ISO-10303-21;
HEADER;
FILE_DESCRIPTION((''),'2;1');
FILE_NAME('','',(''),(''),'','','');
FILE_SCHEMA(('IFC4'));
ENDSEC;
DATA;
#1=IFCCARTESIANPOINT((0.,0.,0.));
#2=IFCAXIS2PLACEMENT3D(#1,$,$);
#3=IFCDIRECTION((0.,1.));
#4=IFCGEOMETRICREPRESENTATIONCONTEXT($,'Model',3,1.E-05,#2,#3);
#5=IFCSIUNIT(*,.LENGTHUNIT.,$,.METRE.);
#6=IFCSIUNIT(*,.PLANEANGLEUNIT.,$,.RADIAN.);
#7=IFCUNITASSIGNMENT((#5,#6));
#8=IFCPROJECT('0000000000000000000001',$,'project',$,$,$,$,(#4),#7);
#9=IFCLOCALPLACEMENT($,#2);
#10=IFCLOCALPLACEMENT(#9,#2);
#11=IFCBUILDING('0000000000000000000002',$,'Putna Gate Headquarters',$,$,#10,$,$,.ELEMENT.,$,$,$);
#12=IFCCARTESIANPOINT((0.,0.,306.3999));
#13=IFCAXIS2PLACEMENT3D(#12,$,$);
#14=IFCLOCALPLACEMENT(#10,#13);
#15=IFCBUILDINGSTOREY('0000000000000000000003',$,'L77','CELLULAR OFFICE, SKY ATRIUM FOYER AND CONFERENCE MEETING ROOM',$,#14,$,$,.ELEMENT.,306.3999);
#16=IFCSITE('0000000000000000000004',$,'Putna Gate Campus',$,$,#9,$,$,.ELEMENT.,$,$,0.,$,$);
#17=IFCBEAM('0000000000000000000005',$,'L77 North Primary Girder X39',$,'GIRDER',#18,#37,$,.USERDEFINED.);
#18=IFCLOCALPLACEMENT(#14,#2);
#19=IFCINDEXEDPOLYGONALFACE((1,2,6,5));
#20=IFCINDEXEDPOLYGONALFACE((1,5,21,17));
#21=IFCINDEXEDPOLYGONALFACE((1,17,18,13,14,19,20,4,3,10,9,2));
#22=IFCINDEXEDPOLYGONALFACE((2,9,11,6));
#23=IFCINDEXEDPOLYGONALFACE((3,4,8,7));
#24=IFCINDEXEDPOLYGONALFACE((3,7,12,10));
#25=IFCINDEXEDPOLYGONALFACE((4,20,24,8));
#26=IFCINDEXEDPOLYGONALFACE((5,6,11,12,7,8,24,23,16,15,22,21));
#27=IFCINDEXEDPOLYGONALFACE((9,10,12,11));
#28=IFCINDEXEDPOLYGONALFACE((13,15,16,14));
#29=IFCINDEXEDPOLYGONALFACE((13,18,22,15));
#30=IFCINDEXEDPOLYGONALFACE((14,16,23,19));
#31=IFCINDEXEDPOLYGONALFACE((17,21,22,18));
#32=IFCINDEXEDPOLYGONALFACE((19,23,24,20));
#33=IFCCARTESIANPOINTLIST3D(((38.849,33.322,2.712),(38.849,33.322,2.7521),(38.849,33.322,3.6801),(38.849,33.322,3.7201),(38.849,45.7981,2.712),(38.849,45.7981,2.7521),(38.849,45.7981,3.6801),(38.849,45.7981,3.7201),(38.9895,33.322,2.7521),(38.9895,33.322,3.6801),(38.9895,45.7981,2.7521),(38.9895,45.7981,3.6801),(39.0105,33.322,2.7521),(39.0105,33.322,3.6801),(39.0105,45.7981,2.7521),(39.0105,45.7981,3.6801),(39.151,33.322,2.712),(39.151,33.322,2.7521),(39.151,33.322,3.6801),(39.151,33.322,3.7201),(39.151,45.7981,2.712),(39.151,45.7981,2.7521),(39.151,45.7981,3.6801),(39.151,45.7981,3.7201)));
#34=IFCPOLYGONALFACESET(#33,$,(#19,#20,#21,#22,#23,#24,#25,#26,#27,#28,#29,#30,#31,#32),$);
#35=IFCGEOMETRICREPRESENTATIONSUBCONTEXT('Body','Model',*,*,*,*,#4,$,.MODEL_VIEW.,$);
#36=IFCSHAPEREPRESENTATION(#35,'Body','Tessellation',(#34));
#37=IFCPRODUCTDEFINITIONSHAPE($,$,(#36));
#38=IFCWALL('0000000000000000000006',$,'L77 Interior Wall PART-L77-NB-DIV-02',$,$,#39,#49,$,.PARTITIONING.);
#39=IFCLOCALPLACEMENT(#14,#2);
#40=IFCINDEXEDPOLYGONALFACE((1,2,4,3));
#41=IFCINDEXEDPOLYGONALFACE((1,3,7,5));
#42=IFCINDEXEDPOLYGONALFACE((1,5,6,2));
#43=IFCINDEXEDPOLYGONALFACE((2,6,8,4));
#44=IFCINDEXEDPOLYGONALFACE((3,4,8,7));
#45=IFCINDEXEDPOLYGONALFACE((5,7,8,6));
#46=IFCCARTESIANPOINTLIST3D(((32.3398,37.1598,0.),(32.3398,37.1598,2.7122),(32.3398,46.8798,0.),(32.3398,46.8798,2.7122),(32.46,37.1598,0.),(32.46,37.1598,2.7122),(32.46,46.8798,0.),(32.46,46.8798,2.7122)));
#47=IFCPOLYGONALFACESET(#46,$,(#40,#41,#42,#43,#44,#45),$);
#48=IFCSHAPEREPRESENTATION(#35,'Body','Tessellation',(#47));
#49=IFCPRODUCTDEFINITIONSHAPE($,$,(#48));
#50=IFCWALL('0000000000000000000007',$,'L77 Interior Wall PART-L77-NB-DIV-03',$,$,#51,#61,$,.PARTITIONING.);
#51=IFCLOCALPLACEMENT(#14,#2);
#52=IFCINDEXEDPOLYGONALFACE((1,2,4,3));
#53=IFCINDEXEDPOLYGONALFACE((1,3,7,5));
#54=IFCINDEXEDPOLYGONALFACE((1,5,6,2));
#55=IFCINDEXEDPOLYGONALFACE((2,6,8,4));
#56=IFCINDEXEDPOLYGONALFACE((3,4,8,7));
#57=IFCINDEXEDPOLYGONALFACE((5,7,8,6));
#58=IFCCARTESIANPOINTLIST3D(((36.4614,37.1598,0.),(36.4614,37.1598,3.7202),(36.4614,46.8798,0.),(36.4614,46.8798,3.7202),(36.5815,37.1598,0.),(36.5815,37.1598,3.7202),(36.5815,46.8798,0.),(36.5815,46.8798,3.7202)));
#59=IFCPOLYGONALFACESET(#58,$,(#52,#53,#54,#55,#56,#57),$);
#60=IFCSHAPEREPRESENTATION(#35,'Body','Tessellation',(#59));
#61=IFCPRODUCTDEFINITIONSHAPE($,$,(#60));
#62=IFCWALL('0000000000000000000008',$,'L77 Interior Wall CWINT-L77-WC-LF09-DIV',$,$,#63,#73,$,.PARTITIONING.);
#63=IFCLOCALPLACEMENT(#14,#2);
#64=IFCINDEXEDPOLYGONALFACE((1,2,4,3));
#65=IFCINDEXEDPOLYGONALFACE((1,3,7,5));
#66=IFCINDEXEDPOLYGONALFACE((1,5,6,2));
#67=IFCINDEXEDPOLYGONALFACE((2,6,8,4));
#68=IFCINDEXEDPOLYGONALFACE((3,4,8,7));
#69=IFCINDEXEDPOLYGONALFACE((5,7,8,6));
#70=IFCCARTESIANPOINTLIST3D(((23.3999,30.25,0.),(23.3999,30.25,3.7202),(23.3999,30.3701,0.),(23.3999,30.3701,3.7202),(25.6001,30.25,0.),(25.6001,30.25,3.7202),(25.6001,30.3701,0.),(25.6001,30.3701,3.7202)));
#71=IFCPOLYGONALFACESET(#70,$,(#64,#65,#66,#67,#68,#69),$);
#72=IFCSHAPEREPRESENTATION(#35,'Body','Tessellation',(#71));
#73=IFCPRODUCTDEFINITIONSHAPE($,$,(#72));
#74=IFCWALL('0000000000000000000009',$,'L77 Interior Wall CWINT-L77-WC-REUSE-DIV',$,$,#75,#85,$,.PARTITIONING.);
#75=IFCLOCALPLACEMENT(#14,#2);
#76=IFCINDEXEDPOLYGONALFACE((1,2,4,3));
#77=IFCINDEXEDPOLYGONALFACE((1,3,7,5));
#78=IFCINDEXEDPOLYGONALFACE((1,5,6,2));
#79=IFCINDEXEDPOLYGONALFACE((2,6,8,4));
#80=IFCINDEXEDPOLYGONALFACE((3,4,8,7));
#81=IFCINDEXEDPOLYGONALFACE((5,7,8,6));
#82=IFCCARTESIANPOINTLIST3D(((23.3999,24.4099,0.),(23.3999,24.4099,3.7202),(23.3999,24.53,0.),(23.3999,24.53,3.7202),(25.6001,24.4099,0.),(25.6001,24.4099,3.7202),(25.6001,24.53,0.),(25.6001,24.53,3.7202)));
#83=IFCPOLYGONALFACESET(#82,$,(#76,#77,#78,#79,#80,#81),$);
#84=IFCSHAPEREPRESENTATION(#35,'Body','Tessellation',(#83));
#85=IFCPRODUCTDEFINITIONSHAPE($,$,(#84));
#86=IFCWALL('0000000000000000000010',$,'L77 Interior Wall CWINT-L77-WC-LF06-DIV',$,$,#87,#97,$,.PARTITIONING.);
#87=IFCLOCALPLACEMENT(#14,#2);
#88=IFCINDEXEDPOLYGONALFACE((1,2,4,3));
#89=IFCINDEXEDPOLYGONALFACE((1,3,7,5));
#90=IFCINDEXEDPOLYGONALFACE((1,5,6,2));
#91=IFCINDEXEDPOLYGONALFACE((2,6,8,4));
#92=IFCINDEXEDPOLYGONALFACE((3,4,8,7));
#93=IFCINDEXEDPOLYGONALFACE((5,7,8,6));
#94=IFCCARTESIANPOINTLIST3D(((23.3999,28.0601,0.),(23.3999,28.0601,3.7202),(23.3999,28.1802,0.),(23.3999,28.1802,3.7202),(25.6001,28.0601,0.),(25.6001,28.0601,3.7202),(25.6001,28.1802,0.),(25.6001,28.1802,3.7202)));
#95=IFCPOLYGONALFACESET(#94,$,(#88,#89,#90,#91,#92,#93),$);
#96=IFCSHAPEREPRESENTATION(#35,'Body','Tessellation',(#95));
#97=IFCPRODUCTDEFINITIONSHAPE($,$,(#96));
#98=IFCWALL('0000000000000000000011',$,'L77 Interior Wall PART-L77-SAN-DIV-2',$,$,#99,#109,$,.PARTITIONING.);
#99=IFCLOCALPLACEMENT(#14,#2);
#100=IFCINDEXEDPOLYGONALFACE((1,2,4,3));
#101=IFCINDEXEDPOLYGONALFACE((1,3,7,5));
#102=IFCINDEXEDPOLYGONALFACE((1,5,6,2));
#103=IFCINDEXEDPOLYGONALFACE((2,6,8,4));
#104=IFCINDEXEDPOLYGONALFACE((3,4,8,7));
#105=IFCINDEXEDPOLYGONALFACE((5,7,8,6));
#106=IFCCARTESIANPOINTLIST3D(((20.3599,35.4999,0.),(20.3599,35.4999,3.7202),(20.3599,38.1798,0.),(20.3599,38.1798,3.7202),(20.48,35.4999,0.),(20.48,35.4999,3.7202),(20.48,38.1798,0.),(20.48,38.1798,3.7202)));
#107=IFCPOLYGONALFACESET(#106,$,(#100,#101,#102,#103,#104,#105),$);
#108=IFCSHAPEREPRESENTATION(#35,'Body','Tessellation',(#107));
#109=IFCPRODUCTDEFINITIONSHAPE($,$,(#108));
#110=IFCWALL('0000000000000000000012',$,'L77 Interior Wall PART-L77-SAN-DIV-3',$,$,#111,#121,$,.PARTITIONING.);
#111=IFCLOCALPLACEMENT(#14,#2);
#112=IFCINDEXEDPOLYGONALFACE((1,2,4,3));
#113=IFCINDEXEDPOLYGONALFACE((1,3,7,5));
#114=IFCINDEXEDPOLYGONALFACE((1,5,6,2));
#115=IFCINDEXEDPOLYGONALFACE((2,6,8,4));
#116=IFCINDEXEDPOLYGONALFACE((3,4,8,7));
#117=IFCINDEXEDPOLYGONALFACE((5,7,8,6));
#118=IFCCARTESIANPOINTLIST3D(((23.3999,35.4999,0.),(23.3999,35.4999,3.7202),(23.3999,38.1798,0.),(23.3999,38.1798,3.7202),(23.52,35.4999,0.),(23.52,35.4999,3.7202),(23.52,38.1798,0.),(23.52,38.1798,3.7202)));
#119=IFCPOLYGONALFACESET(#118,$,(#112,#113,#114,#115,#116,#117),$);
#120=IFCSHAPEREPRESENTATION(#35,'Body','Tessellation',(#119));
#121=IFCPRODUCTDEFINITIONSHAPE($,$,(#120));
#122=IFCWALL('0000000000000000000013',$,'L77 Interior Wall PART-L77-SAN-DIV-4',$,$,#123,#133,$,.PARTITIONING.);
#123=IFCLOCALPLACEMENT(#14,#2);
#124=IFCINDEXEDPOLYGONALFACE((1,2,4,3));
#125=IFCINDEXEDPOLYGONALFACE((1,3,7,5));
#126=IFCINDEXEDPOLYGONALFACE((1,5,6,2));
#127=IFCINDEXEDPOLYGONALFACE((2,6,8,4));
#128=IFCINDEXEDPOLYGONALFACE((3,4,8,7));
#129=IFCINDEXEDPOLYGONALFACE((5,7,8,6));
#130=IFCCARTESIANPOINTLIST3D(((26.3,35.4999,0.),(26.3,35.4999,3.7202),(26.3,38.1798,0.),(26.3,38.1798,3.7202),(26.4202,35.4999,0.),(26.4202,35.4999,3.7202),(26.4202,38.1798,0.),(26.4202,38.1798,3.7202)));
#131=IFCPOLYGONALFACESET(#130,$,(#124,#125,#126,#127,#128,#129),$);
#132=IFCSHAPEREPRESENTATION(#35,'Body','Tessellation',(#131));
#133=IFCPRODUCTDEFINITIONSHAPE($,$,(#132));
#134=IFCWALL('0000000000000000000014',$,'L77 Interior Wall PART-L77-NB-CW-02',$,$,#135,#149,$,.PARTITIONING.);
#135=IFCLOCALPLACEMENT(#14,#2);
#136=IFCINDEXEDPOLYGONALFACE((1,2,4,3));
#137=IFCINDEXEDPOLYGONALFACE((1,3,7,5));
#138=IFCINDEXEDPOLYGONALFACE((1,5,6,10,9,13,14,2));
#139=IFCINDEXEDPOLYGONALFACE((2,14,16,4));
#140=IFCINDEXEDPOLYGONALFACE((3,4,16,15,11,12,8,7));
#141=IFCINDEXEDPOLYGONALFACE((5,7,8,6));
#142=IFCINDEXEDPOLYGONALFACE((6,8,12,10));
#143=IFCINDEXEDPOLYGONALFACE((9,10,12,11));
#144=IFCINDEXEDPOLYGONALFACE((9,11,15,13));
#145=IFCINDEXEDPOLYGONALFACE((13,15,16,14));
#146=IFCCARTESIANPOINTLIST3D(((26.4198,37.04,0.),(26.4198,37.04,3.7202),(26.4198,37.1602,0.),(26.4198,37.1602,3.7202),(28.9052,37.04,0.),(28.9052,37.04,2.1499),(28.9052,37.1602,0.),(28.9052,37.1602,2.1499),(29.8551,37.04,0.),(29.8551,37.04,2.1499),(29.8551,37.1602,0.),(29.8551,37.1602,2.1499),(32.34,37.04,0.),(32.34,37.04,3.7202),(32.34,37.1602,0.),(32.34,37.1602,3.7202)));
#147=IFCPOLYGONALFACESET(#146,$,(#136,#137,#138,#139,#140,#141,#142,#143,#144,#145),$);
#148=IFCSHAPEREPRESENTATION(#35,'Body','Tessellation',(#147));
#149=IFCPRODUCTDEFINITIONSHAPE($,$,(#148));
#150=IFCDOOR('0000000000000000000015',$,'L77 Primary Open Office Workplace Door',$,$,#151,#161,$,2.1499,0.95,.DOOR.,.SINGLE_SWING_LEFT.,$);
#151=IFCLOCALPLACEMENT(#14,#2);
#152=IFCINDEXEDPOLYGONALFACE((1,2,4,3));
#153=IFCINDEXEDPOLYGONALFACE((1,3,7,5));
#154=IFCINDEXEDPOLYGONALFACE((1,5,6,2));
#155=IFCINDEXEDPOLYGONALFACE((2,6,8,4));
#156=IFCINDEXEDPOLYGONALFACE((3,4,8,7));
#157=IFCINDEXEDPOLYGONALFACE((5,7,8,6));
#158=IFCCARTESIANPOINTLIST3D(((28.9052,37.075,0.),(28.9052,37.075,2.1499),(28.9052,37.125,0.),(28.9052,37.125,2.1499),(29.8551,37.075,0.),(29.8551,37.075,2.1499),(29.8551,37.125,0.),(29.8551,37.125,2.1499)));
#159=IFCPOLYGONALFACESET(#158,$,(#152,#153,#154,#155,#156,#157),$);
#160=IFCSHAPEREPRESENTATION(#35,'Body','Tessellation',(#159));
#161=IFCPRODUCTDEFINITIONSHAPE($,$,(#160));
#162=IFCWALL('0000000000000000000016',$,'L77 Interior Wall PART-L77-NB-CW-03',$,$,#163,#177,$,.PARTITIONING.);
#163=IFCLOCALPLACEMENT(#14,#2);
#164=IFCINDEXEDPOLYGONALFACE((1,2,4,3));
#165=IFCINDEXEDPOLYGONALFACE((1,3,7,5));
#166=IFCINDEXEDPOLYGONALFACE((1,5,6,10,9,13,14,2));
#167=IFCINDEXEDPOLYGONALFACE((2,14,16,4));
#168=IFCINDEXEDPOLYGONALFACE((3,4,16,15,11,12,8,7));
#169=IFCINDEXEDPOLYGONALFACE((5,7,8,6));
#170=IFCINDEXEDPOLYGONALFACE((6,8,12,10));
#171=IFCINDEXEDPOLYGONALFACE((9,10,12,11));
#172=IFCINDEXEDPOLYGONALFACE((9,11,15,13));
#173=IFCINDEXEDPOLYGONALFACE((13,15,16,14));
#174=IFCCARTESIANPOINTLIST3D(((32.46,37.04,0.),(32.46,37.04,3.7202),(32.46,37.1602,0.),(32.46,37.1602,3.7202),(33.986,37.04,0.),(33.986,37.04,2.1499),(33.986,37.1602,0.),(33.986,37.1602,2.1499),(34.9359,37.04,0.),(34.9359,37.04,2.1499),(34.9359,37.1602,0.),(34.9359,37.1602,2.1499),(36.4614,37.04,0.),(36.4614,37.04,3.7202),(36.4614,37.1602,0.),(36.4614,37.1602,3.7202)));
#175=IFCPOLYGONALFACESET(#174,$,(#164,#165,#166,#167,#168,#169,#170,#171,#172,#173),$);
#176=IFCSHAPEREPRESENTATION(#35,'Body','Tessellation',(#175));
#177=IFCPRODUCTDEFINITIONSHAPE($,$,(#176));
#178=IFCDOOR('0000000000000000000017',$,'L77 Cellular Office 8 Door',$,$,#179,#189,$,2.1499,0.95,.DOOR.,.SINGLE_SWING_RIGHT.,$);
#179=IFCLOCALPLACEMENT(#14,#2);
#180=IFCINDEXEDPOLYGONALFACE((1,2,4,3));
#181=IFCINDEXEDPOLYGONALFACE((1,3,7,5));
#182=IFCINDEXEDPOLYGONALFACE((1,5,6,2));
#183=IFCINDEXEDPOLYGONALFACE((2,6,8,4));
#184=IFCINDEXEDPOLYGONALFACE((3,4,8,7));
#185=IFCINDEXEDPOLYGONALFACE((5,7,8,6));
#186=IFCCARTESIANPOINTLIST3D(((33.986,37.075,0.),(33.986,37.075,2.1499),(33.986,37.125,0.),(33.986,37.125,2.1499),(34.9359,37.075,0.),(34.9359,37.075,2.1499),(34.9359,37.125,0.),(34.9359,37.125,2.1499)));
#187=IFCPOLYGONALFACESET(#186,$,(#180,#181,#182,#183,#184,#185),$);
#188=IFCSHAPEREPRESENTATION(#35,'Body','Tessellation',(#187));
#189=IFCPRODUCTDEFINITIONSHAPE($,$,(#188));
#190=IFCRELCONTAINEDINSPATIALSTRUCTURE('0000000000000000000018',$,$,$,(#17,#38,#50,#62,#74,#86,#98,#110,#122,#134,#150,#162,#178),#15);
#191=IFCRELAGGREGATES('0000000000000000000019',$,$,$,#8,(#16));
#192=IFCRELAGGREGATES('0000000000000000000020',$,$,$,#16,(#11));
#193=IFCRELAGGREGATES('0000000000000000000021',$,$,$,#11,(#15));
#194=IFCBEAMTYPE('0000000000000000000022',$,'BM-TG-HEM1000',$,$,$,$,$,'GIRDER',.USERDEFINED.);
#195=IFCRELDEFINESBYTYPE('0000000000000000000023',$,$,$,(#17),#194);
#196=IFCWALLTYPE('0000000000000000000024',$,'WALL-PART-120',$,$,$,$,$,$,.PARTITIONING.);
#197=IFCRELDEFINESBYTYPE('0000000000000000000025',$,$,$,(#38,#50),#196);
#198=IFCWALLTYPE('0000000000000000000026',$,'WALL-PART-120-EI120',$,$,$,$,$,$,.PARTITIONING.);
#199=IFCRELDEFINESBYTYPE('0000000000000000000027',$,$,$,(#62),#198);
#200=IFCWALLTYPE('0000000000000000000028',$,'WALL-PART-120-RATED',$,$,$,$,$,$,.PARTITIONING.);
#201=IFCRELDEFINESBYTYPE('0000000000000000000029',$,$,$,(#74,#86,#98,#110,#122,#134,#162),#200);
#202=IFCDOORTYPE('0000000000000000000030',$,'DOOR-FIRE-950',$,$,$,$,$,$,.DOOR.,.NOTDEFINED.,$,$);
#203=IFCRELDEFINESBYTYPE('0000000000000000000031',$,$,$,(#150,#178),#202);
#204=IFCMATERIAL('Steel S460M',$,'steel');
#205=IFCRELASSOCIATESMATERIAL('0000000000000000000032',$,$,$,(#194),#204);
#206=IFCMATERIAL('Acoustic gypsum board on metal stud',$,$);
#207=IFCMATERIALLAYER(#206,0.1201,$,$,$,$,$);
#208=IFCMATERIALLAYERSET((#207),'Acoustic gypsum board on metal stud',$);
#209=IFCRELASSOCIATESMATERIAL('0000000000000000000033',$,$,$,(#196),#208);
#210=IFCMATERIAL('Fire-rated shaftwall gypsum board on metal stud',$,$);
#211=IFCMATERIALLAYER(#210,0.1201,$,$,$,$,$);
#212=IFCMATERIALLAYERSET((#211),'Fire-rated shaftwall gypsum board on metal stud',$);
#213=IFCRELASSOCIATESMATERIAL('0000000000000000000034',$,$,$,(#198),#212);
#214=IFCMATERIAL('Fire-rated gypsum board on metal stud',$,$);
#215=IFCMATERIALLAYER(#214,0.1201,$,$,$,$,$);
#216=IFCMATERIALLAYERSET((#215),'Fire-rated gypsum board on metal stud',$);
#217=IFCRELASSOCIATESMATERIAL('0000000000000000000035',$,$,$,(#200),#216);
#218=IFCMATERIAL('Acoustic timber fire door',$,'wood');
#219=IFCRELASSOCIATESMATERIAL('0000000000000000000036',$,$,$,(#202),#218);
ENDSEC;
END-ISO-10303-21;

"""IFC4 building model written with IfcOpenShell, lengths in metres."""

from ifc_helpers import new_model, si_unit, direction, frame, frame_2d, origin, origin_2d, place, context, subcontext, project, spatial, rectangle, i_section, extrude, material, layer, layer_set, material_profile, profile_set, type_object, element, fill, save


model = new_model("IFC4")

# Units and contexts
model_context = context("Model", 3, precision=1e-05, world=origin(), true_north=direction((0.0, 1.0)))
body_context = subcontext(model_context, "Body", "Model", "MODEL_VIEW")
ifc_project = project(units=[si_unit("LENGTHUNIT", "METRE"), si_unit("PLANEANGLEUNIT", "RADIAN")], contexts=[model_context])

# Site, building, storey
site_placement = place(None, origin())
site = spatial("IfcSite", under=ifc_project, at=site_placement, Name="Putna Gate Campus", CompositionType="ELEMENT", RefElevation=0.0)
building_placement = place(site_placement, origin())
building = spatial("IfcBuilding", under=site, at=building_placement, Name="Putna Gate Headquarters", CompositionType="ELEMENT")
storey_placement = place(building_placement, frame((0.0, 0.0, 306.3999)))
storey = spatial("IfcBuildingStorey", under=building, at=storey_placement, Name="L77", Description="CELLULAR OFFICE, SKY ATRIUM FOYER AND CONFERENCE MEETING ROOM", CompositionType="ELEMENT", Elevation=306.3999)

# Shared definitions
ifc_material_1 = material(Name="Steel S460M", Category="steel")

# Beam
ifc_material_profile_1 = material_profile(ifc_material_1, i_section(OverallWidth=0.302, OverallDepth=1.0081, WebThickness=0.021, FlangeThickness=0.04, at=origin_2d()), Name="Steel S460M")
ifc_profile_set_1 = profile_set([ifc_material_profile_1], Name="Steel S460M")
beam_type_1 = type_object("IfcBeamType", Name="BM-TG-HEM1000", ElementType="GIRDER", PredefinedType="USERDEFINED", material=ifc_profile_set_1)
for number, where, z_axis, x_axis, name in (
    (1, (39.0, 33.322, 3.2161), (0.0, 1.0, 0.0), (-1.0, 0.0, 0.0), "L77 North Primary Girder X39"),
):
    element("IfcBeam", number, at=place(storey_placement, frame(where, z_axis=z_axis, x_axis=x_axis)), inside=storey, type_object=beam_type_1, Name=name, ObjectType="GIRDER", PredefinedType="USERDEFINED", context=body_context, shape_type="SweptSolid", body=[
        extrude(i_section(OverallWidth=0.302, OverallDepth=1.0081, WebThickness=0.021, FlangeThickness=0.04, at=origin_2d()), origin(), (0.0, 0.0, 1.0), 12.4761),
    ])

# Walls
ifc_material_2 = material(Name="Acoustic gypsum board on metal stud")
ifc_layer_1 = layer(ifc_material_2, 0.1201)
ifc_layer_set_1 = layer_set([ifc_layer_1], Name="Acoustic gypsum board on metal stud")
wall_type_1 = type_object("IfcWallType", Name="WALL-PART-120", PredefinedType="PARTITIONING", material=ifc_layer_set_1)
wall_1_placement = place(storey_placement, frame((32.3999, 37.1599, 0.0), z_axis=(0.0, 0.0, 1.0), x_axis=(0.0, 1.0, 0.0)))
element("IfcWall", 2, at=wall_1_placement, inside=storey, type_object=wall_type_1, Name="L77 Interior Wall PART-L77-NB-DIV-02", PredefinedType="PARTITIONING", context=body_context, shape_type="SweptSolid", body=[
    extrude(rectangle(XDim=9.72, YDim=0.1201, at=frame_2d((4.8599, 0.0))), origin(), (0.0, 0.0, 1.0), 2.7122),
])
wall_2_placement = place(storey_placement, frame((36.5215, 37.1599, 0.0), z_axis=(0.0, 0.0, 1.0), x_axis=(0.0, 1.0, 0.0)))
element("IfcWall", 3, at=wall_2_placement, inside=storey, type_object=wall_type_1, Name="L77 Interior Wall PART-L77-NB-DIV-03", PredefinedType="PARTITIONING", context=body_context, shape_type="SweptSolid", body=[
    extrude(rectangle(XDim=9.72, YDim=0.1201, at=frame_2d((4.8599, 0.0))), origin(), (0.0, 0.0, 1.0), 3.7202),
])
ifc_material_3 = material(Name="Fire-rated shaftwall gypsum board on metal stud")
ifc_layer_2 = layer(ifc_material_3, 0.1201)
ifc_layer_set_2 = layer_set([ifc_layer_2], Name="Fire-rated shaftwall gypsum board on metal stud")
wall_type_2 = type_object("IfcWallType", Name="WALL-PART-120-EI120", PredefinedType="PARTITIONING", material=ifc_layer_set_2)
wall_3_placement = place(storey_placement, frame((23.3999, 30.3101, 0.0), z_axis=(0.0, 0.0, 1.0), x_axis=(1.0, 0.0, 0.0)))
element("IfcWall", 4, at=wall_3_placement, inside=storey, type_object=wall_type_2, Name="L77 Interior Wall CWINT-L77-WC-LF09-DIV", PredefinedType="PARTITIONING", context=body_context, shape_type="SweptSolid", body=[
    extrude(rectangle(XDim=2.2002, YDim=0.1201, at=frame_2d((1.1001, 0.0))), origin(), (0.0, 0.0, 1.0), 3.7202),
])
ifc_material_4 = material(Name="Fire-rated gypsum board on metal stud")
ifc_layer_3 = layer(ifc_material_4, 0.1201)
ifc_layer_set_3 = layer_set([ifc_layer_3], Name="Fire-rated gypsum board on metal stud")
wall_type_3 = type_object("IfcWallType", Name="WALL-PART-120-RATED", PredefinedType="PARTITIONING", material=ifc_layer_set_3)
for number, where, z_axis, x_axis, name in (
    (5, (23.3999, 24.47, 0.0), (0.0, 0.0, 1.0), (1.0, 0.0, 0.0), "L77 Interior Wall CWINT-L77-WC-REUSE-DIV"),
    (6, (23.3999, 28.1201, 0.0), (0.0, 0.0, 1.0), (1.0, 0.0, 0.0), "L77 Interior Wall CWINT-L77-WC-LF06-DIV"),
):
    element("IfcWall", number, at=place(storey_placement, frame(where, z_axis=z_axis, x_axis=x_axis)), inside=storey, type_object=wall_type_3, Name=name, PredefinedType="PARTITIONING", context=body_context, shape_type="SweptSolid", body=[
        extrude(rectangle(XDim=2.2002, YDim=0.1201, at=frame_2d((1.1001, 0.0))), origin(), (0.0, 0.0, 1.0), 3.7202),
    ])
for number, where, z_axis, x_axis, name in (
    (7, (20.4199, 35.5, 0.0), (0.0, 0.0, 1.0), (0.0, 1.0, 0.0), "L77 Interior Wall PART-L77-SAN-DIV-2"),
    (8, (23.46, 35.5, 0.0), (0.0, 0.0, 1.0), (0.0, 1.0, 0.0), "L77 Interior Wall PART-L77-SAN-DIV-3"),
    (9, (26.3601, 35.5, 0.0), (0.0, 0.0, 1.0), (0.0, 1.0, 0.0), "L77 Interior Wall PART-L77-SAN-DIV-4"),
):
    element("IfcWall", number, at=place(storey_placement, frame(where, z_axis=z_axis, x_axis=x_axis)), inside=storey, type_object=wall_type_3, Name=name, PredefinedType="PARTITIONING", context=body_context, shape_type="SweptSolid", body=[
        extrude(rectangle(XDim=2.6799, YDim=0.1201, at=frame_2d((1.3398, 0.0))), origin(), (0.0, 0.0, 1.0), 3.7202),
    ])

# Walls, openings, doors
wall_4_placement = place(storey_placement, frame((26.4199, 37.1001, 0.0), z_axis=(0.0, 0.0, 1.0), x_axis=(1.0, 0.0, 0.0)))
wall_4 = element("IfcWall", 10, at=wall_4_placement, inside=storey, type_object=wall_type_3, Name="L77 Interior Wall PART-L77-NB-CW-02", PredefinedType="PARTITIONING", context=body_context, shape_type="SweptSolid", body=[
    extrude(rectangle(XDim=5.9202, YDim=0.1201, at=frame_2d((2.96, 0.0))), origin(), (0.0, 0.0, 1.0), 3.7202),
])
opening_1_placement = place(wall_4_placement, frame((2.4851, 0.0, 0.0)))
opening_1 = element("IfcOpeningElement", 11, at=opening_1_placement, cuts=wall_4, PredefinedType="OPENING", context=body_context, shape_type="SweptSolid", body=[
    extrude(rectangle(XDim=0.95, YDim=2.1499, at=frame_2d((0.4751, 1.075))), frame((0.0, 0.0701, 0.0), z_axis=(0.0, -1.0, 0.0), x_axis=(1.0, 0.0, 0.0)), (0.0, 0.0, 1.0), 0.1401),
])
ifc_material_5 = material(Name="Acoustic timber fire door", Category="wood")
door_type = type_object("IfcDoorType", Name="DOOR-FIRE-950", OperationType="NOTDEFINED", PredefinedType="DOOR", material=ifc_material_5)
door_1_placement = place(opening_1_placement, origin())
door_1 = element("IfcDoor", 12, at=door_1_placement, inside=storey, type_object=door_type, Name="L77 Primary Open Office Workplace Door", OperationType="SINGLE_SWING_LEFT", OverallHeight=2.1499, OverallWidth=0.95, PredefinedType="DOOR", context=body_context, shape_type="SweptSolid", body=[
    extrude(rectangle(XDim=0.95, YDim=2.1499, at=frame_2d((0.4751, 1.075))), frame((0.0, 0.0249, 0.0), z_axis=(0.0, -1.0, 0.0), x_axis=(1.0, 0.0, 0.0)), (0.0, 0.0, 1.0), 0.05),
])
fill(opening_1, door_1)
wall_5_placement = place(storey_placement, frame((32.46, 37.1001, 0.0), z_axis=(0.0, 0.0, 1.0), x_axis=(1.0, 0.0, 0.0)))
wall_5 = element("IfcWall", 13, at=wall_5_placement, inside=storey, type_object=wall_type_3, Name="L77 Interior Wall PART-L77-NB-CW-03", PredefinedType="PARTITIONING", context=body_context, shape_type="SweptSolid", body=[
    extrude(rectangle(XDim=4.0015, YDim=0.1201, at=frame_2d((2.0007, 0.0))), origin(), (0.0, 0.0, 1.0), 3.7202),
])
opening_2_placement = place(wall_5_placement, frame((1.5259, 0.0, 0.0)))
opening_2 = element("IfcOpeningElement", 14, at=opening_2_placement, cuts=wall_5, PredefinedType="OPENING", context=body_context, shape_type="SweptSolid", body=[
    extrude(rectangle(XDim=0.95, YDim=2.1499, at=frame_2d((0.4751, 1.075))), frame((0.0, 0.0701, 0.0), z_axis=(0.0, -1.0, 0.0), x_axis=(1.0, 0.0, 0.0)), (0.0, 0.0, 1.0), 0.1401),
])
door_2_placement = place(opening_2_placement, origin())
door_2 = element("IfcDoor", 15, at=door_2_placement, inside=storey, type_object=door_type, Name="L77 Cellular Office 8 Door", OperationType="SINGLE_SWING_RIGHT", OverallHeight=2.1499, OverallWidth=0.95, PredefinedType="DOOR", context=body_context, shape_type="SweptSolid", body=[
    extrude(rectangle(XDim=0.95, YDim=2.1499, at=frame_2d((0.4751, 1.075))), frame((0.0, 0.0249, 0.0), z_axis=(0.0, -1.0, 0.0), x_axis=(1.0, 0.0, 0.0)), (0.0, 0.0, 1.0), 0.05),
])
fill(opening_2, door_2)

save(model, "model.ifc")
